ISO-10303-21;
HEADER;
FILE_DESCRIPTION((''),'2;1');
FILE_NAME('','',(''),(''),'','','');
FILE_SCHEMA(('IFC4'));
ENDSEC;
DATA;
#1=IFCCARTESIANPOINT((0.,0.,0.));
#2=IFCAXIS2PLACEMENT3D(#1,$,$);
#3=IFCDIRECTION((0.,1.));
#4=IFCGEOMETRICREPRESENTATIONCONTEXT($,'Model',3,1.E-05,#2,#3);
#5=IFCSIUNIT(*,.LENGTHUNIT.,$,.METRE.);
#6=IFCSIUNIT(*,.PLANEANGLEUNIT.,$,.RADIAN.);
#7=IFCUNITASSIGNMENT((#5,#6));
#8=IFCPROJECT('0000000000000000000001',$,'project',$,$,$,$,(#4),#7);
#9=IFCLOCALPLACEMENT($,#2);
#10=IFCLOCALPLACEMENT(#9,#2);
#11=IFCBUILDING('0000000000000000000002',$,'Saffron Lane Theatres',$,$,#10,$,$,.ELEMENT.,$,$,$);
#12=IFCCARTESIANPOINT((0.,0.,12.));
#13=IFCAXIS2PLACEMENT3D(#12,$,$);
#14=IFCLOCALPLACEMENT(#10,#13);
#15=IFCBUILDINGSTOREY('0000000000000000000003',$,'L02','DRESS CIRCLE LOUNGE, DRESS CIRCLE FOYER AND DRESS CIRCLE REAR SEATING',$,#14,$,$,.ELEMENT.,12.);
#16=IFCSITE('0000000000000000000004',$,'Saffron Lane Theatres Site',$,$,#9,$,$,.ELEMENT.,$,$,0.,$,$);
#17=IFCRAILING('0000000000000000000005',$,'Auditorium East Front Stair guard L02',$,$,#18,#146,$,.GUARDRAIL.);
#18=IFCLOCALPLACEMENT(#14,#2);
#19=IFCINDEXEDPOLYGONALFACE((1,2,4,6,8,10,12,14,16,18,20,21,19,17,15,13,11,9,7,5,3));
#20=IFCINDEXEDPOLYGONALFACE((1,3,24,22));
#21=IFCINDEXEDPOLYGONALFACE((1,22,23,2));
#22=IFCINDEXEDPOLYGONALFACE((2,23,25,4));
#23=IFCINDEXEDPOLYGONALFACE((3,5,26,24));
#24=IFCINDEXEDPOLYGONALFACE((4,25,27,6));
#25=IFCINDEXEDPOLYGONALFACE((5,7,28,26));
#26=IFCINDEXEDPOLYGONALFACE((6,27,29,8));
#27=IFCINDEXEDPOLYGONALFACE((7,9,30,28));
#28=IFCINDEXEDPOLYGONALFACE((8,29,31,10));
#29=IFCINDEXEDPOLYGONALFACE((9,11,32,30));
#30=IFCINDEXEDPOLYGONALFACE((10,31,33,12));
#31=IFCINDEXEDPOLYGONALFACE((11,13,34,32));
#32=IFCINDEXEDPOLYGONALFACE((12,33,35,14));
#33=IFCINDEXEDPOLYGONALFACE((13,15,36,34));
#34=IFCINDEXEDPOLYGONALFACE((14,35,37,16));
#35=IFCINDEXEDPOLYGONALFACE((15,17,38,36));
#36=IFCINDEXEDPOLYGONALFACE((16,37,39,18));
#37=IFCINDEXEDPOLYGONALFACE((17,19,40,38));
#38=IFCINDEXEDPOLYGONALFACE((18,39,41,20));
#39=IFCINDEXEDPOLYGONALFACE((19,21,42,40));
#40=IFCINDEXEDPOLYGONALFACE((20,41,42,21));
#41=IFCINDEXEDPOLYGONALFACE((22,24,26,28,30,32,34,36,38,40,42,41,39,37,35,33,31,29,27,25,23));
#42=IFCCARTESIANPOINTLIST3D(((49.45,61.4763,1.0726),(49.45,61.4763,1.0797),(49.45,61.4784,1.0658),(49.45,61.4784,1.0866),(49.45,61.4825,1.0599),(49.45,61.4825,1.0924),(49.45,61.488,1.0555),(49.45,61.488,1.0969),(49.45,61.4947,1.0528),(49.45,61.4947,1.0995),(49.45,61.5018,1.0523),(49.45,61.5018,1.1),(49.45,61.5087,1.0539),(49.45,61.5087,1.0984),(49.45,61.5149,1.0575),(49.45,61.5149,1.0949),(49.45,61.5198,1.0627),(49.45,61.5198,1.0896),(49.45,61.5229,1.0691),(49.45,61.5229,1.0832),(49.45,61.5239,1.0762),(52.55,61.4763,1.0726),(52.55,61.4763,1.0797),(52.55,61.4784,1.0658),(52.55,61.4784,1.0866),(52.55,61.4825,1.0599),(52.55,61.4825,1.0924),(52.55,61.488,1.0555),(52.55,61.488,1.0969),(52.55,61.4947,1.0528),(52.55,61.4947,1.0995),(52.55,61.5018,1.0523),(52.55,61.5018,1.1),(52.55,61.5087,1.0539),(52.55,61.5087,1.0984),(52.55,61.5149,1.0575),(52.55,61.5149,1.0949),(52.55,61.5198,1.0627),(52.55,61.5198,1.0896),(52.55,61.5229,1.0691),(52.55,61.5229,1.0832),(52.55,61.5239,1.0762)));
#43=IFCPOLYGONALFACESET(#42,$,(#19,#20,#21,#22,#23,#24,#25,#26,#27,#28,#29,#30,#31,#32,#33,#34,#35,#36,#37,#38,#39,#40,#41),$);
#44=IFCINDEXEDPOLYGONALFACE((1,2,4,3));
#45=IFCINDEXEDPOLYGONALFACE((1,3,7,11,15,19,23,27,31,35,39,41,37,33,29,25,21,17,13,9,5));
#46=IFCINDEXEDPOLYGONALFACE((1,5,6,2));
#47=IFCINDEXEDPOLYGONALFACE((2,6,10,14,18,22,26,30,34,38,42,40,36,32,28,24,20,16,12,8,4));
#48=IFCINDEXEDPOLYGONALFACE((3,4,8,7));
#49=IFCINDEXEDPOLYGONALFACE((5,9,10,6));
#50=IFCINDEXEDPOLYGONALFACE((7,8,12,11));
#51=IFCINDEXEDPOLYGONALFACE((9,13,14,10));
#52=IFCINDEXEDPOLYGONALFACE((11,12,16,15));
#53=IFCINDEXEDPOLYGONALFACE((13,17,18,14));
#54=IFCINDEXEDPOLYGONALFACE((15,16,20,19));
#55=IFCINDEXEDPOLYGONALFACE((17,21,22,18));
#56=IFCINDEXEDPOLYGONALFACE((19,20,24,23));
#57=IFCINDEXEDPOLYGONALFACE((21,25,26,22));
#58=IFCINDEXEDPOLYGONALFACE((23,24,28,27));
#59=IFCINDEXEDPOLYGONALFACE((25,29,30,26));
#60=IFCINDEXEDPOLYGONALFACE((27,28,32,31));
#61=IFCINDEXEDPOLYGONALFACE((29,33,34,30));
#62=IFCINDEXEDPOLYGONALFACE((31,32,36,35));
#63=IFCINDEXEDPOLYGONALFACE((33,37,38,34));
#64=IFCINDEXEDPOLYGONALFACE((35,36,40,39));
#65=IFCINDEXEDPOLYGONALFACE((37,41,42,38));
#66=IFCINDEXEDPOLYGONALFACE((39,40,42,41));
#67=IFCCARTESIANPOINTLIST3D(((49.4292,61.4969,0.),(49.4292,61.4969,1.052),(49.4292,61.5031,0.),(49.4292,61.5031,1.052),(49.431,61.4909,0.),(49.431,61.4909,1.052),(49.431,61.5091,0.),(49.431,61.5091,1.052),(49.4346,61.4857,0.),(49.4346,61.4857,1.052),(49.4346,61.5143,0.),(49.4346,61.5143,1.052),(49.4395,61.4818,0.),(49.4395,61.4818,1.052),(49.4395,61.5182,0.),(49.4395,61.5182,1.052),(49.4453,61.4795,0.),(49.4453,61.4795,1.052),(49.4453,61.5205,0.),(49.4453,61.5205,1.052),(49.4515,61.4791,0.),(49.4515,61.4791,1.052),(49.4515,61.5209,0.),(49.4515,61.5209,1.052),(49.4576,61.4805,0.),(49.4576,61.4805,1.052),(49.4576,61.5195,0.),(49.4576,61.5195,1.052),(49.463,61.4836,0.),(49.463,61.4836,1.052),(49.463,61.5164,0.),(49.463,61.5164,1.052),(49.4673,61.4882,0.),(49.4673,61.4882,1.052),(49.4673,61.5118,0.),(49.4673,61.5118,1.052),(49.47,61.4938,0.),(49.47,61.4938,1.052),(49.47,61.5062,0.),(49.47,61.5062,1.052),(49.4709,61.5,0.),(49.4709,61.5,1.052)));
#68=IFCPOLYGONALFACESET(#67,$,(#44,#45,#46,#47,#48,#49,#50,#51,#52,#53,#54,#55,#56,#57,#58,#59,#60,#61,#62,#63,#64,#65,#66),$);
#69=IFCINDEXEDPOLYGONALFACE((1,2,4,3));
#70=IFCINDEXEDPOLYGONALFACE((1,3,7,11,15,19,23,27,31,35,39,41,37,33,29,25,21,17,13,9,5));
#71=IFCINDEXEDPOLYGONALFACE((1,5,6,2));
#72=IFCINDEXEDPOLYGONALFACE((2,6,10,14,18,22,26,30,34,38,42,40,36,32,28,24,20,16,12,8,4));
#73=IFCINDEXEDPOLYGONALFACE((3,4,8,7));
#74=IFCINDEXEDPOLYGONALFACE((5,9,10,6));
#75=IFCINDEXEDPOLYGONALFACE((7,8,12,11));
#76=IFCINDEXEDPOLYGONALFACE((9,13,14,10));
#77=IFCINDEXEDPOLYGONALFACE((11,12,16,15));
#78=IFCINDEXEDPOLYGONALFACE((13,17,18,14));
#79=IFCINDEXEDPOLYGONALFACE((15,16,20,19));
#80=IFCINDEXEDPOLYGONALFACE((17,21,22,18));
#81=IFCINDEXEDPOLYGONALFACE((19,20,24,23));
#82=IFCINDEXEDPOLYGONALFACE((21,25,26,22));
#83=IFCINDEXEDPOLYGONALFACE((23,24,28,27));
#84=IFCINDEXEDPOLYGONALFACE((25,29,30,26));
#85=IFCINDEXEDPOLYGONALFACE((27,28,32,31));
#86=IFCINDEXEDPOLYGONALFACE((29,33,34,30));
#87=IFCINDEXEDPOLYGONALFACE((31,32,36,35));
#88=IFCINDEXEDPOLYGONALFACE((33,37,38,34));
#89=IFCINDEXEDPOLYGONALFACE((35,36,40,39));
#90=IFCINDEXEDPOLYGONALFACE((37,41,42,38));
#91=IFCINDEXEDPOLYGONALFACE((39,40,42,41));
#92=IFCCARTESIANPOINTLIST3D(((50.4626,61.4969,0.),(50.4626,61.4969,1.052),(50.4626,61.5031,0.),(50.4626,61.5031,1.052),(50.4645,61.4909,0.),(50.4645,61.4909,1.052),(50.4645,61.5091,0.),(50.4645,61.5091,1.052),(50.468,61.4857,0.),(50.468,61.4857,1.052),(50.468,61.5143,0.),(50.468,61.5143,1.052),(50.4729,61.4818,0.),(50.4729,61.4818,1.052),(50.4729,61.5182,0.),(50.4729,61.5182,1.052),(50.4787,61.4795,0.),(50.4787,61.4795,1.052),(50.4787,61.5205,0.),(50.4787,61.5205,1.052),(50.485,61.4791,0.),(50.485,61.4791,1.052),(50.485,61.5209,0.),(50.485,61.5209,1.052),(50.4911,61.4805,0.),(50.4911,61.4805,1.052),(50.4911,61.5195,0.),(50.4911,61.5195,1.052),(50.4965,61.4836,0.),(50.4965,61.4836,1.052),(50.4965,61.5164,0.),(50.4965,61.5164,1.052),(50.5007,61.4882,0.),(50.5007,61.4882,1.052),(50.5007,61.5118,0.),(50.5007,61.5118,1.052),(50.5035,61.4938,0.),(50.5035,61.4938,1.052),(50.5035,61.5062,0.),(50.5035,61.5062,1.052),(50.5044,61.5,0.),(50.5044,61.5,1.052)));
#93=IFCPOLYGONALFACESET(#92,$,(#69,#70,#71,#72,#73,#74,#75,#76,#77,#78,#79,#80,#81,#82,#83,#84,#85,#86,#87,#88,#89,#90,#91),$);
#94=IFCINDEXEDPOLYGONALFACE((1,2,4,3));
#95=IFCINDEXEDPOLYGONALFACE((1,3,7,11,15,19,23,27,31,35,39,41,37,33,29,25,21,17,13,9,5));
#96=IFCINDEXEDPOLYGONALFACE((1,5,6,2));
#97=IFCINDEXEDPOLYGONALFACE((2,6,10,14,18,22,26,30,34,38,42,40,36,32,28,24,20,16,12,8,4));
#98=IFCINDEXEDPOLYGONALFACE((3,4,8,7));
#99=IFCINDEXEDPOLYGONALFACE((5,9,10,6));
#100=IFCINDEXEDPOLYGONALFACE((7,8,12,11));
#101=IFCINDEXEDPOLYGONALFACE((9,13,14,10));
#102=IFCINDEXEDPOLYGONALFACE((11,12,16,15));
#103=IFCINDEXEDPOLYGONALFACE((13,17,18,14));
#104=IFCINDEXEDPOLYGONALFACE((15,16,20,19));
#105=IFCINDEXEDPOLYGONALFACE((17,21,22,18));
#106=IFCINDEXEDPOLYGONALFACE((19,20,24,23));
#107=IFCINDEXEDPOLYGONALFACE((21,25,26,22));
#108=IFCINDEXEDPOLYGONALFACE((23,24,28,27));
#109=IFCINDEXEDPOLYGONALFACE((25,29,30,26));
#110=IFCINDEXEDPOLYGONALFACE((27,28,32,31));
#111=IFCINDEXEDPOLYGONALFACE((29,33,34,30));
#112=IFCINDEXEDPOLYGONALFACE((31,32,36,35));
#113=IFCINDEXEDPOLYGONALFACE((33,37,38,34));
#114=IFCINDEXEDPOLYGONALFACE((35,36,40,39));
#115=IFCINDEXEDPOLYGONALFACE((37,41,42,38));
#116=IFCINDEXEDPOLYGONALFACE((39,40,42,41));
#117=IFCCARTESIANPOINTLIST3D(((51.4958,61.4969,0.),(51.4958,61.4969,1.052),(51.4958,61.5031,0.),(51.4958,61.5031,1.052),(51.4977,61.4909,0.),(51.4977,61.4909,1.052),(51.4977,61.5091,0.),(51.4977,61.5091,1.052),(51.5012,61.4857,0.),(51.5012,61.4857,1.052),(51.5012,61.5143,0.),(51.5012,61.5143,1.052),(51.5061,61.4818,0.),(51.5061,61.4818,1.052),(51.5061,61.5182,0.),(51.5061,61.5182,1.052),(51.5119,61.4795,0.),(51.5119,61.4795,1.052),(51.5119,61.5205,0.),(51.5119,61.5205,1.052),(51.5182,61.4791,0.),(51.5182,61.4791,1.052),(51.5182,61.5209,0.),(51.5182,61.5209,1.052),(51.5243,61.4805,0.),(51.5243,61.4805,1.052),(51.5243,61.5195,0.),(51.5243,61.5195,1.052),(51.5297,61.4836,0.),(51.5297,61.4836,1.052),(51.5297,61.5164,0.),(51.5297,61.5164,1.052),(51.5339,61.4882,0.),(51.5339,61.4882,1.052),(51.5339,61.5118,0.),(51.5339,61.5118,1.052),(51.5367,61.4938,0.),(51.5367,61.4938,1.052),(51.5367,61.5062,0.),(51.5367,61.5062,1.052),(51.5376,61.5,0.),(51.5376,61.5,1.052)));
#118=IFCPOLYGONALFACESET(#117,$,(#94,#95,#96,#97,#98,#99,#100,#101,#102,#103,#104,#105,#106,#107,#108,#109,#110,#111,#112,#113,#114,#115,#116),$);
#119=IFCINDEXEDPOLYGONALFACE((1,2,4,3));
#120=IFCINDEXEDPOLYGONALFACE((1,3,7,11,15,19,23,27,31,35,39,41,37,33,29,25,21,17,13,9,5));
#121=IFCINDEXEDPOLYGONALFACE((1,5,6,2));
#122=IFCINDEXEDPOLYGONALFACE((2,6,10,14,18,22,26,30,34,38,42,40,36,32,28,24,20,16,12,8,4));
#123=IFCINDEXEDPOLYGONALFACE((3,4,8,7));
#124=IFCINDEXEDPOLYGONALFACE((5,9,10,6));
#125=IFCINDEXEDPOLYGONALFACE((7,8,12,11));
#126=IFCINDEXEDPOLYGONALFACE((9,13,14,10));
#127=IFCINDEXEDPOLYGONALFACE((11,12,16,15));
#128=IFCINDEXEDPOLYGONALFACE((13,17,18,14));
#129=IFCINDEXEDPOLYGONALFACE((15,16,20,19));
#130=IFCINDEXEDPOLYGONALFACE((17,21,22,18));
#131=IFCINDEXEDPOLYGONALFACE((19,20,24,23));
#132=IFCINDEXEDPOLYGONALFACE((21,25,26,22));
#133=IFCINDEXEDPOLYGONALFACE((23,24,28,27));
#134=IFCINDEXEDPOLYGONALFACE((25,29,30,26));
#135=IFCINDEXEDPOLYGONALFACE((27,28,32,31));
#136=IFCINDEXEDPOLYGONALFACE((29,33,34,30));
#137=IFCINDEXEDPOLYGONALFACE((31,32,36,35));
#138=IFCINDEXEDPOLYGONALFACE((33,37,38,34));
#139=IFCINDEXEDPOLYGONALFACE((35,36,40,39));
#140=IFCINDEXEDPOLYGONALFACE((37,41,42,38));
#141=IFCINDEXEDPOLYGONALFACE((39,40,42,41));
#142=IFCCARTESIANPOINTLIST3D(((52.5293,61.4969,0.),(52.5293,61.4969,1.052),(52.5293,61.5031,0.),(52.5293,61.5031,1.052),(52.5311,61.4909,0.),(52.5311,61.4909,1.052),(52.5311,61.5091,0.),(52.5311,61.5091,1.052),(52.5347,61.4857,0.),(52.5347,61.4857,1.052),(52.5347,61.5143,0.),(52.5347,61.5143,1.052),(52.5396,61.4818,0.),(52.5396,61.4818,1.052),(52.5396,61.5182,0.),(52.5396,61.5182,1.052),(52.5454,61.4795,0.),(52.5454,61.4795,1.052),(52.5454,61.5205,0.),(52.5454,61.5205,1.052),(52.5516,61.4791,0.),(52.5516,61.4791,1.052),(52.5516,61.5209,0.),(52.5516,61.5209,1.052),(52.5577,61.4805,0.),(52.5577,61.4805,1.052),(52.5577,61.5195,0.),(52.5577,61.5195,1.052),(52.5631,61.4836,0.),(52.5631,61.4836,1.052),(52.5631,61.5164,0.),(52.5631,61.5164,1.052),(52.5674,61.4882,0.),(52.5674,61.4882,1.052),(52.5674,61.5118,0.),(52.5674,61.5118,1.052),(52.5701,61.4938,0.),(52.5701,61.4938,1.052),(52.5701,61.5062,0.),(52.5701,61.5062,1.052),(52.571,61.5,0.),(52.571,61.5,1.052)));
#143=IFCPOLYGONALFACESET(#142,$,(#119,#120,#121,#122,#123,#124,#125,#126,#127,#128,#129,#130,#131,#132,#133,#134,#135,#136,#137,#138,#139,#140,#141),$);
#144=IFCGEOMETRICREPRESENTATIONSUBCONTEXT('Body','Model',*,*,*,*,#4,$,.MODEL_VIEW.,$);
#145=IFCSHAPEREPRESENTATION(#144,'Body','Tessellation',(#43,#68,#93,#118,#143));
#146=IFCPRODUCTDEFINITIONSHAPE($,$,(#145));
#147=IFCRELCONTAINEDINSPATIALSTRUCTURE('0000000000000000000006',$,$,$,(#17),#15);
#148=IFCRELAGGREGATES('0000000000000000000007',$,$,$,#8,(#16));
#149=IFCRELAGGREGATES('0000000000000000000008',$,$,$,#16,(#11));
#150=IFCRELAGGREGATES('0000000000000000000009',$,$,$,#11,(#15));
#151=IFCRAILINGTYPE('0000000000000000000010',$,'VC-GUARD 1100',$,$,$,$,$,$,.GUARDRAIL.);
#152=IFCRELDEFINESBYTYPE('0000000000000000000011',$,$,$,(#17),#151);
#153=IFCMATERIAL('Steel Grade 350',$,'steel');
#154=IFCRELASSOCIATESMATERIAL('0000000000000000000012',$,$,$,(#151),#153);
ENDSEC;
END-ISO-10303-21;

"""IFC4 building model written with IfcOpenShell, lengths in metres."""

from ifc_helpers import new_model, si_unit, direction, frame, origin, origin_2d, place, context, subcontext, project, spatial, circle, extrude, material, type_object, element, save


model = new_model("IFC4")

# Units and contexts
model_context = context("Model", 3, precision=1e-05, world=origin(), true_north=direction((0.0, 1.0)))
body_context = subcontext(model_context, "Body", "Model", "MODEL_VIEW")
ifc_project = project(units=[si_unit("LENGTHUNIT", "METRE"), si_unit("PLANEANGLEUNIT", "RADIAN")], contexts=[model_context])

# Site, building, storey
site_placement = place(None, origin())
site = spatial("IfcSite", under=ifc_project, at=site_placement, Name="Saffron Lane Theatres Site", CompositionType="ELEMENT", RefElevation=0.0)
building_placement = place(site_placement, origin())
building = spatial("IfcBuilding", under=site, at=building_placement, Name="Saffron Lane Theatres", CompositionType="ELEMENT")
storey_placement = place(building_placement, frame((0.0, 0.0, 12.0)))
storey = spatial("IfcBuildingStorey", under=building, at=storey_placement, Name="L02", Description="DRESS CIRCLE LOUNGE, DRESS CIRCLE FOYER AND DRESS CIRCLE REAR SEATING", CompositionType="ELEMENT", Elevation=12.0)

# Railing
ifc_material_1 = material(Name="Steel Grade 350", Category="steel")
railing_type_1 = type_object("IfcRailingType", Name="VC-GUARD 1100", PredefinedType="GUARDRAIL", material=ifc_material_1)
railing_1_placement = place(storey_placement, frame((49.45, 61.5, 0.0)))
element("IfcRailing", 1, at=railing_1_placement, inside=storey, type_object=railing_type_1, Name="Auditorium East Front Stair guard L02", PredefinedType="GUARDRAIL", context=body_context, shape_type="SweptSolid", body=[
    extrude(circle(Radius=0.0239, at=origin_2d()), frame((0.0, 0.0, 1.0762), z_axis=(1.0, 0.0, 0.0), x_axis=(0.0, 1.0, 0.0)), (0.0, 0.0, 1.0), 3.1001),
    extrude(circle(Radius=0.021, at=origin_2d()), origin(), (0.0, 0.0, 1.0), 1.052),
    extrude(circle(Radius=0.021, at=origin_2d()), frame((1.0334, 0.0, 0.0)), (0.0, 0.0, 1.0), 1.052),
    extrude(circle(Radius=0.021, at=origin_2d()), frame((2.0667, 0.0, 0.0)), (0.0, 0.0, 1.0), 1.052),
    extrude(circle(Radius=0.021, at=origin_2d()), frame((3.1001, 0.0, 0.0)), (0.0, 0.0, 1.0), 1.052),
])

save(model, "model.ifc")
